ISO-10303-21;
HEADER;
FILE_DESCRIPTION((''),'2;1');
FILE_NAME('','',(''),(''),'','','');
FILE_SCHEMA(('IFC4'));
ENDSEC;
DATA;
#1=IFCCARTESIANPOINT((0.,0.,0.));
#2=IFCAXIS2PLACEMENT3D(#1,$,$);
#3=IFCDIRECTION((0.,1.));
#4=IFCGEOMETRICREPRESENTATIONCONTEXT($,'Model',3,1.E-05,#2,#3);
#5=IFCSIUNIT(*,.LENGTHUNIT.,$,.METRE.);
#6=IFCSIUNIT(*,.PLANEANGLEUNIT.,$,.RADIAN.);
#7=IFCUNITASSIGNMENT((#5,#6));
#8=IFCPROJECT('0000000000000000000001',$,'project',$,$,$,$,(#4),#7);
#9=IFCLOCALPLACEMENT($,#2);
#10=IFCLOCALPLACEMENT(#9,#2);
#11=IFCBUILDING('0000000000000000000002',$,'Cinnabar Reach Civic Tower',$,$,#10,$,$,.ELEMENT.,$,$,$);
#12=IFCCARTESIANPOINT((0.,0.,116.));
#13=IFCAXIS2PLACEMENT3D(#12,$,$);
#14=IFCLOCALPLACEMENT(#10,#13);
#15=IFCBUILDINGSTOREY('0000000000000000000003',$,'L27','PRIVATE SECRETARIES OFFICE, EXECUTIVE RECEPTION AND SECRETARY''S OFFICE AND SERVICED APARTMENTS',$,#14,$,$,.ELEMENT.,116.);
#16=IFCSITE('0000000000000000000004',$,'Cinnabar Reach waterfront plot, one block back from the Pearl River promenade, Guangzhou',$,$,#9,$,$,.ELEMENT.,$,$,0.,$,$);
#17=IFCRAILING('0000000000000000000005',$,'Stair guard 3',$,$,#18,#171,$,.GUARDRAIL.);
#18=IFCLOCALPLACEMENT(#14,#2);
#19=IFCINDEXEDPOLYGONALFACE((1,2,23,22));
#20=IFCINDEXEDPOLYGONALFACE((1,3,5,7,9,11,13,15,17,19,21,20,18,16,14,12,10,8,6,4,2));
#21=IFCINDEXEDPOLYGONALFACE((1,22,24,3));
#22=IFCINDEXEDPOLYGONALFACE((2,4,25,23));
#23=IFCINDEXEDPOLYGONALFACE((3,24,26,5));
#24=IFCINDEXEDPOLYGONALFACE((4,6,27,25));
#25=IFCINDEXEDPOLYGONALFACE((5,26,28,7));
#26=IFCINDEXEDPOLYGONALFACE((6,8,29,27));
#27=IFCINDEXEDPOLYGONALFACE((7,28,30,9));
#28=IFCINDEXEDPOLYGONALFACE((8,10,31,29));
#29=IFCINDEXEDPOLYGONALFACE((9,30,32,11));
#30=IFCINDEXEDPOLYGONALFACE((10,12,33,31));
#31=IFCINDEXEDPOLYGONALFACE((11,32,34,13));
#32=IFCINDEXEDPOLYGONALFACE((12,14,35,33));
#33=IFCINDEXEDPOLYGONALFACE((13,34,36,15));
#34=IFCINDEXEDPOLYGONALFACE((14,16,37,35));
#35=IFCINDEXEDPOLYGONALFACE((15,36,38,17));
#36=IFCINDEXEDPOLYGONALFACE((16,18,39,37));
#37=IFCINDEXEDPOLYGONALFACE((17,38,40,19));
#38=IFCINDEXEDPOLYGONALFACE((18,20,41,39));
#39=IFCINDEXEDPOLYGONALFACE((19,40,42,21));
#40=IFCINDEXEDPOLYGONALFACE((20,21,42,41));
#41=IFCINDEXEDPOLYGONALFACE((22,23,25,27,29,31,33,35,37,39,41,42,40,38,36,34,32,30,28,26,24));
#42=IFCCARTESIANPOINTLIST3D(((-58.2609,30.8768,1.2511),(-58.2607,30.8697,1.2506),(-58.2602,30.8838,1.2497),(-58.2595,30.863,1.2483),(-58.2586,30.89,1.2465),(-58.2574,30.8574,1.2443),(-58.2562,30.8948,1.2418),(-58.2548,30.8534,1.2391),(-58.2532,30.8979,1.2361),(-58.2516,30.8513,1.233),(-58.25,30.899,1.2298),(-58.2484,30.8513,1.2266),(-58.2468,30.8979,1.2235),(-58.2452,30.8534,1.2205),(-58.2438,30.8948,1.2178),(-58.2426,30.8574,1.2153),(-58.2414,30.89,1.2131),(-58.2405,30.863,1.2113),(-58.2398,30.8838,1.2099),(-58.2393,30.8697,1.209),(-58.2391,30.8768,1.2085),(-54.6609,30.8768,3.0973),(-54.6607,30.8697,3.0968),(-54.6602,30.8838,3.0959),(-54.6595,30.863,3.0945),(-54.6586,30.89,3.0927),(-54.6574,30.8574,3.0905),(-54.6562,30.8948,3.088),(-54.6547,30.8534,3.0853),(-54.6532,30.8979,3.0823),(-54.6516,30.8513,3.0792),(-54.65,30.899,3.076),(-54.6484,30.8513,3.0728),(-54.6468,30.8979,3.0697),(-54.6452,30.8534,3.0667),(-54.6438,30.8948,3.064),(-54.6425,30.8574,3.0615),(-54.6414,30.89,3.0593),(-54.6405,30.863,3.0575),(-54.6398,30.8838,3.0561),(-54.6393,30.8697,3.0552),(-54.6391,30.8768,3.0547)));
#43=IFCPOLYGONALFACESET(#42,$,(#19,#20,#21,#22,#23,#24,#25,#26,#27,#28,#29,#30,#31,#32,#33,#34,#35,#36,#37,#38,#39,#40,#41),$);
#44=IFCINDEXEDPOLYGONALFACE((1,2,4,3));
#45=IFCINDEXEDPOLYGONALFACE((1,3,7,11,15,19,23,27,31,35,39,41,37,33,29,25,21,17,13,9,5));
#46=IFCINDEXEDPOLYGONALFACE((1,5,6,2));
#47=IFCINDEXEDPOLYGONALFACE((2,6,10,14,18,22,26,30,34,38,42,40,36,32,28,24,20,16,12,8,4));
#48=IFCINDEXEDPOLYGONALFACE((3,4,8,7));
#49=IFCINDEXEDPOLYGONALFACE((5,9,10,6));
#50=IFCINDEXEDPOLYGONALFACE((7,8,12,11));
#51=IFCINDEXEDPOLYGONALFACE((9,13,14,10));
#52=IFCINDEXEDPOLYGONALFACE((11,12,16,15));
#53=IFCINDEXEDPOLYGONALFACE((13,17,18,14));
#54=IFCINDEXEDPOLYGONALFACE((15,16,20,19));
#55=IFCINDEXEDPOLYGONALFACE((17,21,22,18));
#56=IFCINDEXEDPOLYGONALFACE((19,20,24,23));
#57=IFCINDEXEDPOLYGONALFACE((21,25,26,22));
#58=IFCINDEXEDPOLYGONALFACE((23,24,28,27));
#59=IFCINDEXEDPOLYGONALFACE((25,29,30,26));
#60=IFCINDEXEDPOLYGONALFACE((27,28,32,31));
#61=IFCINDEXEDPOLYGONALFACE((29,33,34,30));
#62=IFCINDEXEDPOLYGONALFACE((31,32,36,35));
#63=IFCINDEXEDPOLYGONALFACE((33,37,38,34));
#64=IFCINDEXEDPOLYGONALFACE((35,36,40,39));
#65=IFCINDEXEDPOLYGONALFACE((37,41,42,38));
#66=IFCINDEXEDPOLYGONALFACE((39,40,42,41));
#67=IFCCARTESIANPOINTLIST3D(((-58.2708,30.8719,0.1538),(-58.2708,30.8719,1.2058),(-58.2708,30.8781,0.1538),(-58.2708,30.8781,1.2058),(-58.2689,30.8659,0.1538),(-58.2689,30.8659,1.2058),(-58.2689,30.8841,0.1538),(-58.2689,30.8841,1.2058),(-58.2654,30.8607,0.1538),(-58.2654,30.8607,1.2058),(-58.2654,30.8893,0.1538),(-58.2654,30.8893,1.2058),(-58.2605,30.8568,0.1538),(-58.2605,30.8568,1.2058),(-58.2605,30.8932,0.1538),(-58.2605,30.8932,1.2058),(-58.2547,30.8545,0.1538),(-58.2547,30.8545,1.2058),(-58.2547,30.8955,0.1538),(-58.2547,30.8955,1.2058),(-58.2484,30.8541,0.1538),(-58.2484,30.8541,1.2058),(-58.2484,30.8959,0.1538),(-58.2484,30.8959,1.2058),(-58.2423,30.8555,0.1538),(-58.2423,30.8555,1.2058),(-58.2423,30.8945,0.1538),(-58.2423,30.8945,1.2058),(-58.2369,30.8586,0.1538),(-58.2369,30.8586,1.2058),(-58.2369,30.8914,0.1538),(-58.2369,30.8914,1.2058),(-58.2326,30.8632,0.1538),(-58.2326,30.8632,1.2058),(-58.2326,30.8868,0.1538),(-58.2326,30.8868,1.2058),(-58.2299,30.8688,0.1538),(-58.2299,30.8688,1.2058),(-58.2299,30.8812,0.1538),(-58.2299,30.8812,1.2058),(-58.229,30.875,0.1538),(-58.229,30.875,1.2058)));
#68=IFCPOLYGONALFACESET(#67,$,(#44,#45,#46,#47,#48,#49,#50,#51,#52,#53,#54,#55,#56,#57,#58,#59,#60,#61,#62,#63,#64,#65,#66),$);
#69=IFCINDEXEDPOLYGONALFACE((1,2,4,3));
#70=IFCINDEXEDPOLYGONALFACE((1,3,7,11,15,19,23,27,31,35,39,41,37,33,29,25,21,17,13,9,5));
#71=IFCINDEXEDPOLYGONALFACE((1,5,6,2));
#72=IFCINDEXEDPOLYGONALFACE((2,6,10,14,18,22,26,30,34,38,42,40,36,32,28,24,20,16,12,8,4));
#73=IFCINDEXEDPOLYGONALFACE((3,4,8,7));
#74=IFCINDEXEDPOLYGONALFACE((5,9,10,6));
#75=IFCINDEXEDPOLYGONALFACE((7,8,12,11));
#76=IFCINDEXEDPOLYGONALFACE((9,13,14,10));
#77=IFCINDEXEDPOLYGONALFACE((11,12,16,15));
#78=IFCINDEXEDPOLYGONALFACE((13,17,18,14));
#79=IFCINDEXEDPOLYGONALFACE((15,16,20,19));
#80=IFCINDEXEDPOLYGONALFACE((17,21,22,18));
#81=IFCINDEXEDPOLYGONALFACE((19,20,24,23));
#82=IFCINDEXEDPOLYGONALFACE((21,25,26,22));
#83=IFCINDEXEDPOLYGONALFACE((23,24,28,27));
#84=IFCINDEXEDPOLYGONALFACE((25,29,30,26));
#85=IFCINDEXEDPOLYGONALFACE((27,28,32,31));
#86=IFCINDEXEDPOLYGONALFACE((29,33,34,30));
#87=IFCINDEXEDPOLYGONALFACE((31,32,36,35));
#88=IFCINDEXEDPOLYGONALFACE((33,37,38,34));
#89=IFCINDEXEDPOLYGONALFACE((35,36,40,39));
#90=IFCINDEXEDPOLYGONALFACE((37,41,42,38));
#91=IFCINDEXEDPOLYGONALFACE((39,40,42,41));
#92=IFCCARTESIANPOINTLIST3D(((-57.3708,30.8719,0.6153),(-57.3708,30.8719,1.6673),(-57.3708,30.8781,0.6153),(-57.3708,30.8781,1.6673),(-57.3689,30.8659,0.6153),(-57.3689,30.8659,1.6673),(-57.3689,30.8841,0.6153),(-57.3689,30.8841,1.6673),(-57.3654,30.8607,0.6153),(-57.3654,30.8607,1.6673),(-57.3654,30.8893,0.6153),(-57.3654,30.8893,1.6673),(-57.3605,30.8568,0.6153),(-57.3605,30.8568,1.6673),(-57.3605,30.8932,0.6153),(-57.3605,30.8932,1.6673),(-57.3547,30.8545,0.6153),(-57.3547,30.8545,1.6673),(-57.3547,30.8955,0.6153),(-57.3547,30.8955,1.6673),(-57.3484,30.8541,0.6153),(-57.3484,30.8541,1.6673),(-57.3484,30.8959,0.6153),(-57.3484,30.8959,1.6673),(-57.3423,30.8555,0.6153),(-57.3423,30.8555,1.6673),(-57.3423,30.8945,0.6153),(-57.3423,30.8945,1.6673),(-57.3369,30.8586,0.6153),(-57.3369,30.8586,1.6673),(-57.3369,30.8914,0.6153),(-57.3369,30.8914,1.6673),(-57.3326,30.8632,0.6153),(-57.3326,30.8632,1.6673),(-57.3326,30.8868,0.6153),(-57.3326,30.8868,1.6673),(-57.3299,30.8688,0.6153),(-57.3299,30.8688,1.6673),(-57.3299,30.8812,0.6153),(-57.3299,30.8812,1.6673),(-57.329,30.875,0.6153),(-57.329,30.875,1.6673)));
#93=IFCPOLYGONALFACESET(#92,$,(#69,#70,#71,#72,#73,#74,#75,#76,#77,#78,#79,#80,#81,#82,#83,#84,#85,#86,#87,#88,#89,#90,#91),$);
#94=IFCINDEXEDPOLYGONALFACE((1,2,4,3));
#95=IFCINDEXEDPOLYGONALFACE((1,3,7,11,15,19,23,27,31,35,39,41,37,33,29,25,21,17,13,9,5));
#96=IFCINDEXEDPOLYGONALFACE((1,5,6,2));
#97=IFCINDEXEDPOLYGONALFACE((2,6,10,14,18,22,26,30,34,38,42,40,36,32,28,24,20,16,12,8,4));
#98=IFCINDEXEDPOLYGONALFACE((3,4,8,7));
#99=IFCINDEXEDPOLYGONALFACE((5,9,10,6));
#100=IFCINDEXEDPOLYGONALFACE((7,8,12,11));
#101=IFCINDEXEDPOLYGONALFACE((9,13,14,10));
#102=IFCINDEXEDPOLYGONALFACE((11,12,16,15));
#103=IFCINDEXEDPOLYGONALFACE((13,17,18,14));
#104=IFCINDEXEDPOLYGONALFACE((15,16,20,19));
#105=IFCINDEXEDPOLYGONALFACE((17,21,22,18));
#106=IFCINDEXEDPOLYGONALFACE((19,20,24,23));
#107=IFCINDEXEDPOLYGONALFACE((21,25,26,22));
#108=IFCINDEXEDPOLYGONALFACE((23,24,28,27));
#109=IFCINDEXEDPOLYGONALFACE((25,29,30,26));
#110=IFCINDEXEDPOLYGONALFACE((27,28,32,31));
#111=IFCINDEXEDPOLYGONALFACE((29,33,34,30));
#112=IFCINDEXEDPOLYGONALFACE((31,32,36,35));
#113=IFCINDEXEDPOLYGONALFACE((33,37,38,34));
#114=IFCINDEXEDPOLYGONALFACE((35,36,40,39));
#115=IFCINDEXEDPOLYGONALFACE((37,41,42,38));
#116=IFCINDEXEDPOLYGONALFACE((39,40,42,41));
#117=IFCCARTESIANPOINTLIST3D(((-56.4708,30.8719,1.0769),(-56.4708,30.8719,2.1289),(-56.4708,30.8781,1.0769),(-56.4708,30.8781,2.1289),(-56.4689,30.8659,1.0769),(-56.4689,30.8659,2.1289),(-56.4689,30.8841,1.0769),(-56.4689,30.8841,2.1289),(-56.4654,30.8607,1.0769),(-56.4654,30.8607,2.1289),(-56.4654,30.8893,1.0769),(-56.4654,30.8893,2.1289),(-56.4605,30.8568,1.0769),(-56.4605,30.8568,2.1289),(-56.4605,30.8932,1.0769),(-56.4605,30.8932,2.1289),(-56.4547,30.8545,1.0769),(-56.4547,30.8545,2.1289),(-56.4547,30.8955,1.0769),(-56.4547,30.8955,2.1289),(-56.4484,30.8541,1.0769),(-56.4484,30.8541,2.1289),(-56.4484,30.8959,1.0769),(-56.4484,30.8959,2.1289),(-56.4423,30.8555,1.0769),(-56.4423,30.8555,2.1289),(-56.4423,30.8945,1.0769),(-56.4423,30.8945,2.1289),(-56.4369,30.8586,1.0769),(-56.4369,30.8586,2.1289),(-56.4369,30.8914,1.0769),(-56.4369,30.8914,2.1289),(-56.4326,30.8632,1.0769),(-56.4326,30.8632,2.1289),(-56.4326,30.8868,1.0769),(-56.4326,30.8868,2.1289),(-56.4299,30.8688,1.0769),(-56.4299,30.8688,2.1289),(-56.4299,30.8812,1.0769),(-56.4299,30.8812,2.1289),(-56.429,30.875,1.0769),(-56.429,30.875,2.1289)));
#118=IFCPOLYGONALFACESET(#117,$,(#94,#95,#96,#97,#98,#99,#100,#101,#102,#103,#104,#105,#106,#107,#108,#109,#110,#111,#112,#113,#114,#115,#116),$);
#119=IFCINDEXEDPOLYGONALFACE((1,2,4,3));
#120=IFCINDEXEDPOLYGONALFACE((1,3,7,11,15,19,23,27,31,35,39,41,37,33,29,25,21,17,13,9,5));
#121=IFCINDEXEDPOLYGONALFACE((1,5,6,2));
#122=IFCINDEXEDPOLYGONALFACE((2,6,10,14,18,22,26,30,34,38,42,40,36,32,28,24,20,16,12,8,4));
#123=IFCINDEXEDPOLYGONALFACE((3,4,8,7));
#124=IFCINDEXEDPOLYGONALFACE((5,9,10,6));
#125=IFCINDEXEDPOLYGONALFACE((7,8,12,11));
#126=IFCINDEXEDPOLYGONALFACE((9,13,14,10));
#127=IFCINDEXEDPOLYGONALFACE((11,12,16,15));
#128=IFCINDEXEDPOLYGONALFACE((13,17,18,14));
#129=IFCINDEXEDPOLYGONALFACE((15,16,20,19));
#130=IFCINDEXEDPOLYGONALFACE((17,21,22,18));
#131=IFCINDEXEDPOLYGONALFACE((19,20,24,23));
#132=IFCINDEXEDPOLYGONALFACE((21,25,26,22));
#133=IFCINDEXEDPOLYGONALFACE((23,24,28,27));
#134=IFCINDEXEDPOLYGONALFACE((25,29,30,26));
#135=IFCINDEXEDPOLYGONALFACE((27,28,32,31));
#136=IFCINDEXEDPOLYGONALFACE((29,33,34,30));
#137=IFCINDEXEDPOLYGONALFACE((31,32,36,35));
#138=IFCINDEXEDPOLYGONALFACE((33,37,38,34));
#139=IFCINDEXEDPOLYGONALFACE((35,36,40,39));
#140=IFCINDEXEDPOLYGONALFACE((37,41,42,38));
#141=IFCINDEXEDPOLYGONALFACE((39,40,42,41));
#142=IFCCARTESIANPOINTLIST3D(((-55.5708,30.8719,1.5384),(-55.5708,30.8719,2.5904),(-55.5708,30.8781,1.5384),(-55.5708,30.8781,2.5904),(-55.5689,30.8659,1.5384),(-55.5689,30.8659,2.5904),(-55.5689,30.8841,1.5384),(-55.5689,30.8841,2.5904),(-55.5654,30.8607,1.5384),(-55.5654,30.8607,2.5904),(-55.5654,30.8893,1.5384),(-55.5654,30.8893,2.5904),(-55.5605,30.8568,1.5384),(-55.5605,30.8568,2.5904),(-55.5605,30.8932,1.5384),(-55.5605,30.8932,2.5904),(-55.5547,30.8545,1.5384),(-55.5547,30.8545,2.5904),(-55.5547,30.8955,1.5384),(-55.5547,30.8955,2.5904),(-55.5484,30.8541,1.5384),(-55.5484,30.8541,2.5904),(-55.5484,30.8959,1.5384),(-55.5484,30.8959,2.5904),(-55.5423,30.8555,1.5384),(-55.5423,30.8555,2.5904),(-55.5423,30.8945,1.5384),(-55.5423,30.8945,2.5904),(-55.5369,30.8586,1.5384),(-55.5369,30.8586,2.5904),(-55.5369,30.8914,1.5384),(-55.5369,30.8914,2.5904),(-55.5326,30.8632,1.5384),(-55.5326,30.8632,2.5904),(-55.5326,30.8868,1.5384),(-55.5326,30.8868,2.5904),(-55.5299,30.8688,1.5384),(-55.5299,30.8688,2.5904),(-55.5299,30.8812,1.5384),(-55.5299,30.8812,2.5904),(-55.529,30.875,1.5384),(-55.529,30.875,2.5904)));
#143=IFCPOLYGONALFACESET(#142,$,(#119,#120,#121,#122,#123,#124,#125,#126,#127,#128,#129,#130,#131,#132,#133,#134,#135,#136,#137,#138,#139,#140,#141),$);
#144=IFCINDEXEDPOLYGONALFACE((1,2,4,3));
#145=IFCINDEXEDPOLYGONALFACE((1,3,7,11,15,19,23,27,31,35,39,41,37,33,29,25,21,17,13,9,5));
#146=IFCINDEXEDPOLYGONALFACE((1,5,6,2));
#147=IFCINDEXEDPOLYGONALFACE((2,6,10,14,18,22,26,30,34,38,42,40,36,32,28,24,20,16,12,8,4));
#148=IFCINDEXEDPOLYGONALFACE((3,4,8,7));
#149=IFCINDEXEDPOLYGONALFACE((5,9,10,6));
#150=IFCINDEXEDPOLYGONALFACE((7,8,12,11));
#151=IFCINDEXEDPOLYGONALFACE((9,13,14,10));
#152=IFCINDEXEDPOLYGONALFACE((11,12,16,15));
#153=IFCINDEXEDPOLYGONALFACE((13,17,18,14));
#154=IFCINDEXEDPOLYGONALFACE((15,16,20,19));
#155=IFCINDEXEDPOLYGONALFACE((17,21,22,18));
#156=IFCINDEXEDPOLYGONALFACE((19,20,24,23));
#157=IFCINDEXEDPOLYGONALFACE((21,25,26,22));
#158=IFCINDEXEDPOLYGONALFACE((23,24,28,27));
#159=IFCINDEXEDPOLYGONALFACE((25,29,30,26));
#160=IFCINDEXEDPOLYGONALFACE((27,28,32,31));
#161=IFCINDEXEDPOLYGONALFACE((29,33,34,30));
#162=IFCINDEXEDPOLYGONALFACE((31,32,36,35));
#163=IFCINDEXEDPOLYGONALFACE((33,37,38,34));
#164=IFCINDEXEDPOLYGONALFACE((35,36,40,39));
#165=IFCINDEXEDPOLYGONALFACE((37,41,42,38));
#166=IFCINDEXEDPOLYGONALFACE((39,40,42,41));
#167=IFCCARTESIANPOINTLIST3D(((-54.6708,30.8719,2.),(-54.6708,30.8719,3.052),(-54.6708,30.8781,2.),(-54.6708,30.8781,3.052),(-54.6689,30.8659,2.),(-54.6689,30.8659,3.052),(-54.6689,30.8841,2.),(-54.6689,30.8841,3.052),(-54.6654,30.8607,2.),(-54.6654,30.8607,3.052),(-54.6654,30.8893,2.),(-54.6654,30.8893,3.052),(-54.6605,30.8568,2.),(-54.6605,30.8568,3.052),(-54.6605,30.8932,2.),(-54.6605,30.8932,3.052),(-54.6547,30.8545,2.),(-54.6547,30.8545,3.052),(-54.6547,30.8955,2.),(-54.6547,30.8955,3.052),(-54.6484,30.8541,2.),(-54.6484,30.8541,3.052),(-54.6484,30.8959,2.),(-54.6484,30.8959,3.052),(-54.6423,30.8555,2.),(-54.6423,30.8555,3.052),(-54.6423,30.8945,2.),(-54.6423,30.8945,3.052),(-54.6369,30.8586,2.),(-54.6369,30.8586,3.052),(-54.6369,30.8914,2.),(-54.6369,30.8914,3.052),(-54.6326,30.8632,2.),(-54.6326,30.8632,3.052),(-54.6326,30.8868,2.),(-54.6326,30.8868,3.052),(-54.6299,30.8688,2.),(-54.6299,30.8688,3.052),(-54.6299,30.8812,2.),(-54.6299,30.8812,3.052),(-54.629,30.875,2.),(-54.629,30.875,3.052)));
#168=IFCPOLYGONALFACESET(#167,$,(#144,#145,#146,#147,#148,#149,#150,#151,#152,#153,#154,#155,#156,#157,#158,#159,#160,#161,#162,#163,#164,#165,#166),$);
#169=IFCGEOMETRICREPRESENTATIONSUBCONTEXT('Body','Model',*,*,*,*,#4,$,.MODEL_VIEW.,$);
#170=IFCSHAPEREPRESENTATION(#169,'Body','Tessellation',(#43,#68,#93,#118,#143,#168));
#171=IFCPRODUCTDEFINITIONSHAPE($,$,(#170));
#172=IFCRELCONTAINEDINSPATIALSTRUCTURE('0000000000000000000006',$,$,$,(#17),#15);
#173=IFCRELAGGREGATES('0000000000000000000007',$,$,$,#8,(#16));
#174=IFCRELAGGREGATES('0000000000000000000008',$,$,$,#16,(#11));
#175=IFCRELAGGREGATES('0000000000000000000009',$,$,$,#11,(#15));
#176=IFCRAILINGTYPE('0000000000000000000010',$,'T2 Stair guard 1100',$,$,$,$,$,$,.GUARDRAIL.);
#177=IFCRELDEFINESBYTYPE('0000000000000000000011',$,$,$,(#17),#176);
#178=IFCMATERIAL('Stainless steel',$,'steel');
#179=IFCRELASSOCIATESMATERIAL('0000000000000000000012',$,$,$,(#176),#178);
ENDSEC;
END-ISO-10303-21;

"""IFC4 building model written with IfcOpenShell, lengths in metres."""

from ifc_helpers import new_model, si_unit, direction, frame, origin, origin_2d, place, context, subcontext, project, spatial, circle, extrude, material, type_object, element, save


model = new_model("IFC4")

# Units and contexts
model_context = context("Model", 3, precision=1e-05, world=origin(), true_north=direction((0.0, 1.0)))
body_context = subcontext(model_context, "Body", "Model", "MODEL_VIEW")
ifc_project = project(units=[si_unit("LENGTHUNIT", "METRE"), si_unit("PLANEANGLEUNIT", "RADIAN")], contexts=[model_context])

# Site, building, storey
site_placement = place(None, origin())
site = spatial("IfcSite", under=ifc_project, at=site_placement, Name="Cinnabar Reach waterfront plot, one block back from the Pearl River promenade, Guangzhou", CompositionType="ELEMENT", RefElevation=0.0)
building_placement = place(site_placement, origin())
building = spatial("IfcBuilding", under=site, at=building_placement, Name="Cinnabar Reach Civic Tower", CompositionType="ELEMENT")
storey_placement = place(building_placement, frame((0.0, 0.0, 116.0)))
storey = spatial("IfcBuildingStorey", under=building, at=storey_placement, Name="L27", Description="PRIVATE SECRETARIES OFFICE, EXECUTIVE RECEPTION AND SECRETARY'S OFFICE AND SERVICED APARTMENTS", CompositionType="ELEMENT", Elevation=116.0)

# Railing
ifc_material_1 = material(Name="Stainless steel", Category="steel")
railing_type = type_object("IfcRailingType", Name="T2 Stair guard 1100", PredefinedType="GUARDRAIL", material=ifc_material_1)
railing_placement = place(storey_placement, frame((-58.25, 30.875, 0.1538)))
element("IfcRailing", 1, at=railing_placement, inside=storey, type_object=railing_type, Name="Stair guard 3", PredefinedType="GUARDRAIL", context=body_context, shape_type="SweptSolid", body=[
    extrude(circle(Radius=0.024, at=origin_2d()), frame((0.0, 0.0, 1.076), z_axis=(0.889813, 0.0, 0.456326), x_axis=(0.0, 1.0, 0.0)), (0.0, 0.0, 1.0), 4.0458),
    extrude(circle(Radius=0.021, at=origin_2d()), origin(), (0.0, 0.0, 1.0), 1.052),
    extrude(circle(Radius=0.021, at=origin_2d()), frame((0.9, 0.0, 0.4615)), (0.0, 0.0, 1.0), 1.052),
    extrude(circle(Radius=0.021, at=origin_2d()), frame((1.8, 0.0, 0.9231)), (0.0, 0.0, 1.0), 1.052),
    extrude(circle(Radius=0.021, at=origin_2d()), frame((2.7, 0.0, 1.3846)), (0.0, 0.0, 1.0), 1.052),
    extrude(circle(Radius=0.021, at=origin_2d()), frame((3.6, 0.0, 1.8462)), (0.0, 0.0, 1.0), 1.052),
])

save(model, "model.ifc")
